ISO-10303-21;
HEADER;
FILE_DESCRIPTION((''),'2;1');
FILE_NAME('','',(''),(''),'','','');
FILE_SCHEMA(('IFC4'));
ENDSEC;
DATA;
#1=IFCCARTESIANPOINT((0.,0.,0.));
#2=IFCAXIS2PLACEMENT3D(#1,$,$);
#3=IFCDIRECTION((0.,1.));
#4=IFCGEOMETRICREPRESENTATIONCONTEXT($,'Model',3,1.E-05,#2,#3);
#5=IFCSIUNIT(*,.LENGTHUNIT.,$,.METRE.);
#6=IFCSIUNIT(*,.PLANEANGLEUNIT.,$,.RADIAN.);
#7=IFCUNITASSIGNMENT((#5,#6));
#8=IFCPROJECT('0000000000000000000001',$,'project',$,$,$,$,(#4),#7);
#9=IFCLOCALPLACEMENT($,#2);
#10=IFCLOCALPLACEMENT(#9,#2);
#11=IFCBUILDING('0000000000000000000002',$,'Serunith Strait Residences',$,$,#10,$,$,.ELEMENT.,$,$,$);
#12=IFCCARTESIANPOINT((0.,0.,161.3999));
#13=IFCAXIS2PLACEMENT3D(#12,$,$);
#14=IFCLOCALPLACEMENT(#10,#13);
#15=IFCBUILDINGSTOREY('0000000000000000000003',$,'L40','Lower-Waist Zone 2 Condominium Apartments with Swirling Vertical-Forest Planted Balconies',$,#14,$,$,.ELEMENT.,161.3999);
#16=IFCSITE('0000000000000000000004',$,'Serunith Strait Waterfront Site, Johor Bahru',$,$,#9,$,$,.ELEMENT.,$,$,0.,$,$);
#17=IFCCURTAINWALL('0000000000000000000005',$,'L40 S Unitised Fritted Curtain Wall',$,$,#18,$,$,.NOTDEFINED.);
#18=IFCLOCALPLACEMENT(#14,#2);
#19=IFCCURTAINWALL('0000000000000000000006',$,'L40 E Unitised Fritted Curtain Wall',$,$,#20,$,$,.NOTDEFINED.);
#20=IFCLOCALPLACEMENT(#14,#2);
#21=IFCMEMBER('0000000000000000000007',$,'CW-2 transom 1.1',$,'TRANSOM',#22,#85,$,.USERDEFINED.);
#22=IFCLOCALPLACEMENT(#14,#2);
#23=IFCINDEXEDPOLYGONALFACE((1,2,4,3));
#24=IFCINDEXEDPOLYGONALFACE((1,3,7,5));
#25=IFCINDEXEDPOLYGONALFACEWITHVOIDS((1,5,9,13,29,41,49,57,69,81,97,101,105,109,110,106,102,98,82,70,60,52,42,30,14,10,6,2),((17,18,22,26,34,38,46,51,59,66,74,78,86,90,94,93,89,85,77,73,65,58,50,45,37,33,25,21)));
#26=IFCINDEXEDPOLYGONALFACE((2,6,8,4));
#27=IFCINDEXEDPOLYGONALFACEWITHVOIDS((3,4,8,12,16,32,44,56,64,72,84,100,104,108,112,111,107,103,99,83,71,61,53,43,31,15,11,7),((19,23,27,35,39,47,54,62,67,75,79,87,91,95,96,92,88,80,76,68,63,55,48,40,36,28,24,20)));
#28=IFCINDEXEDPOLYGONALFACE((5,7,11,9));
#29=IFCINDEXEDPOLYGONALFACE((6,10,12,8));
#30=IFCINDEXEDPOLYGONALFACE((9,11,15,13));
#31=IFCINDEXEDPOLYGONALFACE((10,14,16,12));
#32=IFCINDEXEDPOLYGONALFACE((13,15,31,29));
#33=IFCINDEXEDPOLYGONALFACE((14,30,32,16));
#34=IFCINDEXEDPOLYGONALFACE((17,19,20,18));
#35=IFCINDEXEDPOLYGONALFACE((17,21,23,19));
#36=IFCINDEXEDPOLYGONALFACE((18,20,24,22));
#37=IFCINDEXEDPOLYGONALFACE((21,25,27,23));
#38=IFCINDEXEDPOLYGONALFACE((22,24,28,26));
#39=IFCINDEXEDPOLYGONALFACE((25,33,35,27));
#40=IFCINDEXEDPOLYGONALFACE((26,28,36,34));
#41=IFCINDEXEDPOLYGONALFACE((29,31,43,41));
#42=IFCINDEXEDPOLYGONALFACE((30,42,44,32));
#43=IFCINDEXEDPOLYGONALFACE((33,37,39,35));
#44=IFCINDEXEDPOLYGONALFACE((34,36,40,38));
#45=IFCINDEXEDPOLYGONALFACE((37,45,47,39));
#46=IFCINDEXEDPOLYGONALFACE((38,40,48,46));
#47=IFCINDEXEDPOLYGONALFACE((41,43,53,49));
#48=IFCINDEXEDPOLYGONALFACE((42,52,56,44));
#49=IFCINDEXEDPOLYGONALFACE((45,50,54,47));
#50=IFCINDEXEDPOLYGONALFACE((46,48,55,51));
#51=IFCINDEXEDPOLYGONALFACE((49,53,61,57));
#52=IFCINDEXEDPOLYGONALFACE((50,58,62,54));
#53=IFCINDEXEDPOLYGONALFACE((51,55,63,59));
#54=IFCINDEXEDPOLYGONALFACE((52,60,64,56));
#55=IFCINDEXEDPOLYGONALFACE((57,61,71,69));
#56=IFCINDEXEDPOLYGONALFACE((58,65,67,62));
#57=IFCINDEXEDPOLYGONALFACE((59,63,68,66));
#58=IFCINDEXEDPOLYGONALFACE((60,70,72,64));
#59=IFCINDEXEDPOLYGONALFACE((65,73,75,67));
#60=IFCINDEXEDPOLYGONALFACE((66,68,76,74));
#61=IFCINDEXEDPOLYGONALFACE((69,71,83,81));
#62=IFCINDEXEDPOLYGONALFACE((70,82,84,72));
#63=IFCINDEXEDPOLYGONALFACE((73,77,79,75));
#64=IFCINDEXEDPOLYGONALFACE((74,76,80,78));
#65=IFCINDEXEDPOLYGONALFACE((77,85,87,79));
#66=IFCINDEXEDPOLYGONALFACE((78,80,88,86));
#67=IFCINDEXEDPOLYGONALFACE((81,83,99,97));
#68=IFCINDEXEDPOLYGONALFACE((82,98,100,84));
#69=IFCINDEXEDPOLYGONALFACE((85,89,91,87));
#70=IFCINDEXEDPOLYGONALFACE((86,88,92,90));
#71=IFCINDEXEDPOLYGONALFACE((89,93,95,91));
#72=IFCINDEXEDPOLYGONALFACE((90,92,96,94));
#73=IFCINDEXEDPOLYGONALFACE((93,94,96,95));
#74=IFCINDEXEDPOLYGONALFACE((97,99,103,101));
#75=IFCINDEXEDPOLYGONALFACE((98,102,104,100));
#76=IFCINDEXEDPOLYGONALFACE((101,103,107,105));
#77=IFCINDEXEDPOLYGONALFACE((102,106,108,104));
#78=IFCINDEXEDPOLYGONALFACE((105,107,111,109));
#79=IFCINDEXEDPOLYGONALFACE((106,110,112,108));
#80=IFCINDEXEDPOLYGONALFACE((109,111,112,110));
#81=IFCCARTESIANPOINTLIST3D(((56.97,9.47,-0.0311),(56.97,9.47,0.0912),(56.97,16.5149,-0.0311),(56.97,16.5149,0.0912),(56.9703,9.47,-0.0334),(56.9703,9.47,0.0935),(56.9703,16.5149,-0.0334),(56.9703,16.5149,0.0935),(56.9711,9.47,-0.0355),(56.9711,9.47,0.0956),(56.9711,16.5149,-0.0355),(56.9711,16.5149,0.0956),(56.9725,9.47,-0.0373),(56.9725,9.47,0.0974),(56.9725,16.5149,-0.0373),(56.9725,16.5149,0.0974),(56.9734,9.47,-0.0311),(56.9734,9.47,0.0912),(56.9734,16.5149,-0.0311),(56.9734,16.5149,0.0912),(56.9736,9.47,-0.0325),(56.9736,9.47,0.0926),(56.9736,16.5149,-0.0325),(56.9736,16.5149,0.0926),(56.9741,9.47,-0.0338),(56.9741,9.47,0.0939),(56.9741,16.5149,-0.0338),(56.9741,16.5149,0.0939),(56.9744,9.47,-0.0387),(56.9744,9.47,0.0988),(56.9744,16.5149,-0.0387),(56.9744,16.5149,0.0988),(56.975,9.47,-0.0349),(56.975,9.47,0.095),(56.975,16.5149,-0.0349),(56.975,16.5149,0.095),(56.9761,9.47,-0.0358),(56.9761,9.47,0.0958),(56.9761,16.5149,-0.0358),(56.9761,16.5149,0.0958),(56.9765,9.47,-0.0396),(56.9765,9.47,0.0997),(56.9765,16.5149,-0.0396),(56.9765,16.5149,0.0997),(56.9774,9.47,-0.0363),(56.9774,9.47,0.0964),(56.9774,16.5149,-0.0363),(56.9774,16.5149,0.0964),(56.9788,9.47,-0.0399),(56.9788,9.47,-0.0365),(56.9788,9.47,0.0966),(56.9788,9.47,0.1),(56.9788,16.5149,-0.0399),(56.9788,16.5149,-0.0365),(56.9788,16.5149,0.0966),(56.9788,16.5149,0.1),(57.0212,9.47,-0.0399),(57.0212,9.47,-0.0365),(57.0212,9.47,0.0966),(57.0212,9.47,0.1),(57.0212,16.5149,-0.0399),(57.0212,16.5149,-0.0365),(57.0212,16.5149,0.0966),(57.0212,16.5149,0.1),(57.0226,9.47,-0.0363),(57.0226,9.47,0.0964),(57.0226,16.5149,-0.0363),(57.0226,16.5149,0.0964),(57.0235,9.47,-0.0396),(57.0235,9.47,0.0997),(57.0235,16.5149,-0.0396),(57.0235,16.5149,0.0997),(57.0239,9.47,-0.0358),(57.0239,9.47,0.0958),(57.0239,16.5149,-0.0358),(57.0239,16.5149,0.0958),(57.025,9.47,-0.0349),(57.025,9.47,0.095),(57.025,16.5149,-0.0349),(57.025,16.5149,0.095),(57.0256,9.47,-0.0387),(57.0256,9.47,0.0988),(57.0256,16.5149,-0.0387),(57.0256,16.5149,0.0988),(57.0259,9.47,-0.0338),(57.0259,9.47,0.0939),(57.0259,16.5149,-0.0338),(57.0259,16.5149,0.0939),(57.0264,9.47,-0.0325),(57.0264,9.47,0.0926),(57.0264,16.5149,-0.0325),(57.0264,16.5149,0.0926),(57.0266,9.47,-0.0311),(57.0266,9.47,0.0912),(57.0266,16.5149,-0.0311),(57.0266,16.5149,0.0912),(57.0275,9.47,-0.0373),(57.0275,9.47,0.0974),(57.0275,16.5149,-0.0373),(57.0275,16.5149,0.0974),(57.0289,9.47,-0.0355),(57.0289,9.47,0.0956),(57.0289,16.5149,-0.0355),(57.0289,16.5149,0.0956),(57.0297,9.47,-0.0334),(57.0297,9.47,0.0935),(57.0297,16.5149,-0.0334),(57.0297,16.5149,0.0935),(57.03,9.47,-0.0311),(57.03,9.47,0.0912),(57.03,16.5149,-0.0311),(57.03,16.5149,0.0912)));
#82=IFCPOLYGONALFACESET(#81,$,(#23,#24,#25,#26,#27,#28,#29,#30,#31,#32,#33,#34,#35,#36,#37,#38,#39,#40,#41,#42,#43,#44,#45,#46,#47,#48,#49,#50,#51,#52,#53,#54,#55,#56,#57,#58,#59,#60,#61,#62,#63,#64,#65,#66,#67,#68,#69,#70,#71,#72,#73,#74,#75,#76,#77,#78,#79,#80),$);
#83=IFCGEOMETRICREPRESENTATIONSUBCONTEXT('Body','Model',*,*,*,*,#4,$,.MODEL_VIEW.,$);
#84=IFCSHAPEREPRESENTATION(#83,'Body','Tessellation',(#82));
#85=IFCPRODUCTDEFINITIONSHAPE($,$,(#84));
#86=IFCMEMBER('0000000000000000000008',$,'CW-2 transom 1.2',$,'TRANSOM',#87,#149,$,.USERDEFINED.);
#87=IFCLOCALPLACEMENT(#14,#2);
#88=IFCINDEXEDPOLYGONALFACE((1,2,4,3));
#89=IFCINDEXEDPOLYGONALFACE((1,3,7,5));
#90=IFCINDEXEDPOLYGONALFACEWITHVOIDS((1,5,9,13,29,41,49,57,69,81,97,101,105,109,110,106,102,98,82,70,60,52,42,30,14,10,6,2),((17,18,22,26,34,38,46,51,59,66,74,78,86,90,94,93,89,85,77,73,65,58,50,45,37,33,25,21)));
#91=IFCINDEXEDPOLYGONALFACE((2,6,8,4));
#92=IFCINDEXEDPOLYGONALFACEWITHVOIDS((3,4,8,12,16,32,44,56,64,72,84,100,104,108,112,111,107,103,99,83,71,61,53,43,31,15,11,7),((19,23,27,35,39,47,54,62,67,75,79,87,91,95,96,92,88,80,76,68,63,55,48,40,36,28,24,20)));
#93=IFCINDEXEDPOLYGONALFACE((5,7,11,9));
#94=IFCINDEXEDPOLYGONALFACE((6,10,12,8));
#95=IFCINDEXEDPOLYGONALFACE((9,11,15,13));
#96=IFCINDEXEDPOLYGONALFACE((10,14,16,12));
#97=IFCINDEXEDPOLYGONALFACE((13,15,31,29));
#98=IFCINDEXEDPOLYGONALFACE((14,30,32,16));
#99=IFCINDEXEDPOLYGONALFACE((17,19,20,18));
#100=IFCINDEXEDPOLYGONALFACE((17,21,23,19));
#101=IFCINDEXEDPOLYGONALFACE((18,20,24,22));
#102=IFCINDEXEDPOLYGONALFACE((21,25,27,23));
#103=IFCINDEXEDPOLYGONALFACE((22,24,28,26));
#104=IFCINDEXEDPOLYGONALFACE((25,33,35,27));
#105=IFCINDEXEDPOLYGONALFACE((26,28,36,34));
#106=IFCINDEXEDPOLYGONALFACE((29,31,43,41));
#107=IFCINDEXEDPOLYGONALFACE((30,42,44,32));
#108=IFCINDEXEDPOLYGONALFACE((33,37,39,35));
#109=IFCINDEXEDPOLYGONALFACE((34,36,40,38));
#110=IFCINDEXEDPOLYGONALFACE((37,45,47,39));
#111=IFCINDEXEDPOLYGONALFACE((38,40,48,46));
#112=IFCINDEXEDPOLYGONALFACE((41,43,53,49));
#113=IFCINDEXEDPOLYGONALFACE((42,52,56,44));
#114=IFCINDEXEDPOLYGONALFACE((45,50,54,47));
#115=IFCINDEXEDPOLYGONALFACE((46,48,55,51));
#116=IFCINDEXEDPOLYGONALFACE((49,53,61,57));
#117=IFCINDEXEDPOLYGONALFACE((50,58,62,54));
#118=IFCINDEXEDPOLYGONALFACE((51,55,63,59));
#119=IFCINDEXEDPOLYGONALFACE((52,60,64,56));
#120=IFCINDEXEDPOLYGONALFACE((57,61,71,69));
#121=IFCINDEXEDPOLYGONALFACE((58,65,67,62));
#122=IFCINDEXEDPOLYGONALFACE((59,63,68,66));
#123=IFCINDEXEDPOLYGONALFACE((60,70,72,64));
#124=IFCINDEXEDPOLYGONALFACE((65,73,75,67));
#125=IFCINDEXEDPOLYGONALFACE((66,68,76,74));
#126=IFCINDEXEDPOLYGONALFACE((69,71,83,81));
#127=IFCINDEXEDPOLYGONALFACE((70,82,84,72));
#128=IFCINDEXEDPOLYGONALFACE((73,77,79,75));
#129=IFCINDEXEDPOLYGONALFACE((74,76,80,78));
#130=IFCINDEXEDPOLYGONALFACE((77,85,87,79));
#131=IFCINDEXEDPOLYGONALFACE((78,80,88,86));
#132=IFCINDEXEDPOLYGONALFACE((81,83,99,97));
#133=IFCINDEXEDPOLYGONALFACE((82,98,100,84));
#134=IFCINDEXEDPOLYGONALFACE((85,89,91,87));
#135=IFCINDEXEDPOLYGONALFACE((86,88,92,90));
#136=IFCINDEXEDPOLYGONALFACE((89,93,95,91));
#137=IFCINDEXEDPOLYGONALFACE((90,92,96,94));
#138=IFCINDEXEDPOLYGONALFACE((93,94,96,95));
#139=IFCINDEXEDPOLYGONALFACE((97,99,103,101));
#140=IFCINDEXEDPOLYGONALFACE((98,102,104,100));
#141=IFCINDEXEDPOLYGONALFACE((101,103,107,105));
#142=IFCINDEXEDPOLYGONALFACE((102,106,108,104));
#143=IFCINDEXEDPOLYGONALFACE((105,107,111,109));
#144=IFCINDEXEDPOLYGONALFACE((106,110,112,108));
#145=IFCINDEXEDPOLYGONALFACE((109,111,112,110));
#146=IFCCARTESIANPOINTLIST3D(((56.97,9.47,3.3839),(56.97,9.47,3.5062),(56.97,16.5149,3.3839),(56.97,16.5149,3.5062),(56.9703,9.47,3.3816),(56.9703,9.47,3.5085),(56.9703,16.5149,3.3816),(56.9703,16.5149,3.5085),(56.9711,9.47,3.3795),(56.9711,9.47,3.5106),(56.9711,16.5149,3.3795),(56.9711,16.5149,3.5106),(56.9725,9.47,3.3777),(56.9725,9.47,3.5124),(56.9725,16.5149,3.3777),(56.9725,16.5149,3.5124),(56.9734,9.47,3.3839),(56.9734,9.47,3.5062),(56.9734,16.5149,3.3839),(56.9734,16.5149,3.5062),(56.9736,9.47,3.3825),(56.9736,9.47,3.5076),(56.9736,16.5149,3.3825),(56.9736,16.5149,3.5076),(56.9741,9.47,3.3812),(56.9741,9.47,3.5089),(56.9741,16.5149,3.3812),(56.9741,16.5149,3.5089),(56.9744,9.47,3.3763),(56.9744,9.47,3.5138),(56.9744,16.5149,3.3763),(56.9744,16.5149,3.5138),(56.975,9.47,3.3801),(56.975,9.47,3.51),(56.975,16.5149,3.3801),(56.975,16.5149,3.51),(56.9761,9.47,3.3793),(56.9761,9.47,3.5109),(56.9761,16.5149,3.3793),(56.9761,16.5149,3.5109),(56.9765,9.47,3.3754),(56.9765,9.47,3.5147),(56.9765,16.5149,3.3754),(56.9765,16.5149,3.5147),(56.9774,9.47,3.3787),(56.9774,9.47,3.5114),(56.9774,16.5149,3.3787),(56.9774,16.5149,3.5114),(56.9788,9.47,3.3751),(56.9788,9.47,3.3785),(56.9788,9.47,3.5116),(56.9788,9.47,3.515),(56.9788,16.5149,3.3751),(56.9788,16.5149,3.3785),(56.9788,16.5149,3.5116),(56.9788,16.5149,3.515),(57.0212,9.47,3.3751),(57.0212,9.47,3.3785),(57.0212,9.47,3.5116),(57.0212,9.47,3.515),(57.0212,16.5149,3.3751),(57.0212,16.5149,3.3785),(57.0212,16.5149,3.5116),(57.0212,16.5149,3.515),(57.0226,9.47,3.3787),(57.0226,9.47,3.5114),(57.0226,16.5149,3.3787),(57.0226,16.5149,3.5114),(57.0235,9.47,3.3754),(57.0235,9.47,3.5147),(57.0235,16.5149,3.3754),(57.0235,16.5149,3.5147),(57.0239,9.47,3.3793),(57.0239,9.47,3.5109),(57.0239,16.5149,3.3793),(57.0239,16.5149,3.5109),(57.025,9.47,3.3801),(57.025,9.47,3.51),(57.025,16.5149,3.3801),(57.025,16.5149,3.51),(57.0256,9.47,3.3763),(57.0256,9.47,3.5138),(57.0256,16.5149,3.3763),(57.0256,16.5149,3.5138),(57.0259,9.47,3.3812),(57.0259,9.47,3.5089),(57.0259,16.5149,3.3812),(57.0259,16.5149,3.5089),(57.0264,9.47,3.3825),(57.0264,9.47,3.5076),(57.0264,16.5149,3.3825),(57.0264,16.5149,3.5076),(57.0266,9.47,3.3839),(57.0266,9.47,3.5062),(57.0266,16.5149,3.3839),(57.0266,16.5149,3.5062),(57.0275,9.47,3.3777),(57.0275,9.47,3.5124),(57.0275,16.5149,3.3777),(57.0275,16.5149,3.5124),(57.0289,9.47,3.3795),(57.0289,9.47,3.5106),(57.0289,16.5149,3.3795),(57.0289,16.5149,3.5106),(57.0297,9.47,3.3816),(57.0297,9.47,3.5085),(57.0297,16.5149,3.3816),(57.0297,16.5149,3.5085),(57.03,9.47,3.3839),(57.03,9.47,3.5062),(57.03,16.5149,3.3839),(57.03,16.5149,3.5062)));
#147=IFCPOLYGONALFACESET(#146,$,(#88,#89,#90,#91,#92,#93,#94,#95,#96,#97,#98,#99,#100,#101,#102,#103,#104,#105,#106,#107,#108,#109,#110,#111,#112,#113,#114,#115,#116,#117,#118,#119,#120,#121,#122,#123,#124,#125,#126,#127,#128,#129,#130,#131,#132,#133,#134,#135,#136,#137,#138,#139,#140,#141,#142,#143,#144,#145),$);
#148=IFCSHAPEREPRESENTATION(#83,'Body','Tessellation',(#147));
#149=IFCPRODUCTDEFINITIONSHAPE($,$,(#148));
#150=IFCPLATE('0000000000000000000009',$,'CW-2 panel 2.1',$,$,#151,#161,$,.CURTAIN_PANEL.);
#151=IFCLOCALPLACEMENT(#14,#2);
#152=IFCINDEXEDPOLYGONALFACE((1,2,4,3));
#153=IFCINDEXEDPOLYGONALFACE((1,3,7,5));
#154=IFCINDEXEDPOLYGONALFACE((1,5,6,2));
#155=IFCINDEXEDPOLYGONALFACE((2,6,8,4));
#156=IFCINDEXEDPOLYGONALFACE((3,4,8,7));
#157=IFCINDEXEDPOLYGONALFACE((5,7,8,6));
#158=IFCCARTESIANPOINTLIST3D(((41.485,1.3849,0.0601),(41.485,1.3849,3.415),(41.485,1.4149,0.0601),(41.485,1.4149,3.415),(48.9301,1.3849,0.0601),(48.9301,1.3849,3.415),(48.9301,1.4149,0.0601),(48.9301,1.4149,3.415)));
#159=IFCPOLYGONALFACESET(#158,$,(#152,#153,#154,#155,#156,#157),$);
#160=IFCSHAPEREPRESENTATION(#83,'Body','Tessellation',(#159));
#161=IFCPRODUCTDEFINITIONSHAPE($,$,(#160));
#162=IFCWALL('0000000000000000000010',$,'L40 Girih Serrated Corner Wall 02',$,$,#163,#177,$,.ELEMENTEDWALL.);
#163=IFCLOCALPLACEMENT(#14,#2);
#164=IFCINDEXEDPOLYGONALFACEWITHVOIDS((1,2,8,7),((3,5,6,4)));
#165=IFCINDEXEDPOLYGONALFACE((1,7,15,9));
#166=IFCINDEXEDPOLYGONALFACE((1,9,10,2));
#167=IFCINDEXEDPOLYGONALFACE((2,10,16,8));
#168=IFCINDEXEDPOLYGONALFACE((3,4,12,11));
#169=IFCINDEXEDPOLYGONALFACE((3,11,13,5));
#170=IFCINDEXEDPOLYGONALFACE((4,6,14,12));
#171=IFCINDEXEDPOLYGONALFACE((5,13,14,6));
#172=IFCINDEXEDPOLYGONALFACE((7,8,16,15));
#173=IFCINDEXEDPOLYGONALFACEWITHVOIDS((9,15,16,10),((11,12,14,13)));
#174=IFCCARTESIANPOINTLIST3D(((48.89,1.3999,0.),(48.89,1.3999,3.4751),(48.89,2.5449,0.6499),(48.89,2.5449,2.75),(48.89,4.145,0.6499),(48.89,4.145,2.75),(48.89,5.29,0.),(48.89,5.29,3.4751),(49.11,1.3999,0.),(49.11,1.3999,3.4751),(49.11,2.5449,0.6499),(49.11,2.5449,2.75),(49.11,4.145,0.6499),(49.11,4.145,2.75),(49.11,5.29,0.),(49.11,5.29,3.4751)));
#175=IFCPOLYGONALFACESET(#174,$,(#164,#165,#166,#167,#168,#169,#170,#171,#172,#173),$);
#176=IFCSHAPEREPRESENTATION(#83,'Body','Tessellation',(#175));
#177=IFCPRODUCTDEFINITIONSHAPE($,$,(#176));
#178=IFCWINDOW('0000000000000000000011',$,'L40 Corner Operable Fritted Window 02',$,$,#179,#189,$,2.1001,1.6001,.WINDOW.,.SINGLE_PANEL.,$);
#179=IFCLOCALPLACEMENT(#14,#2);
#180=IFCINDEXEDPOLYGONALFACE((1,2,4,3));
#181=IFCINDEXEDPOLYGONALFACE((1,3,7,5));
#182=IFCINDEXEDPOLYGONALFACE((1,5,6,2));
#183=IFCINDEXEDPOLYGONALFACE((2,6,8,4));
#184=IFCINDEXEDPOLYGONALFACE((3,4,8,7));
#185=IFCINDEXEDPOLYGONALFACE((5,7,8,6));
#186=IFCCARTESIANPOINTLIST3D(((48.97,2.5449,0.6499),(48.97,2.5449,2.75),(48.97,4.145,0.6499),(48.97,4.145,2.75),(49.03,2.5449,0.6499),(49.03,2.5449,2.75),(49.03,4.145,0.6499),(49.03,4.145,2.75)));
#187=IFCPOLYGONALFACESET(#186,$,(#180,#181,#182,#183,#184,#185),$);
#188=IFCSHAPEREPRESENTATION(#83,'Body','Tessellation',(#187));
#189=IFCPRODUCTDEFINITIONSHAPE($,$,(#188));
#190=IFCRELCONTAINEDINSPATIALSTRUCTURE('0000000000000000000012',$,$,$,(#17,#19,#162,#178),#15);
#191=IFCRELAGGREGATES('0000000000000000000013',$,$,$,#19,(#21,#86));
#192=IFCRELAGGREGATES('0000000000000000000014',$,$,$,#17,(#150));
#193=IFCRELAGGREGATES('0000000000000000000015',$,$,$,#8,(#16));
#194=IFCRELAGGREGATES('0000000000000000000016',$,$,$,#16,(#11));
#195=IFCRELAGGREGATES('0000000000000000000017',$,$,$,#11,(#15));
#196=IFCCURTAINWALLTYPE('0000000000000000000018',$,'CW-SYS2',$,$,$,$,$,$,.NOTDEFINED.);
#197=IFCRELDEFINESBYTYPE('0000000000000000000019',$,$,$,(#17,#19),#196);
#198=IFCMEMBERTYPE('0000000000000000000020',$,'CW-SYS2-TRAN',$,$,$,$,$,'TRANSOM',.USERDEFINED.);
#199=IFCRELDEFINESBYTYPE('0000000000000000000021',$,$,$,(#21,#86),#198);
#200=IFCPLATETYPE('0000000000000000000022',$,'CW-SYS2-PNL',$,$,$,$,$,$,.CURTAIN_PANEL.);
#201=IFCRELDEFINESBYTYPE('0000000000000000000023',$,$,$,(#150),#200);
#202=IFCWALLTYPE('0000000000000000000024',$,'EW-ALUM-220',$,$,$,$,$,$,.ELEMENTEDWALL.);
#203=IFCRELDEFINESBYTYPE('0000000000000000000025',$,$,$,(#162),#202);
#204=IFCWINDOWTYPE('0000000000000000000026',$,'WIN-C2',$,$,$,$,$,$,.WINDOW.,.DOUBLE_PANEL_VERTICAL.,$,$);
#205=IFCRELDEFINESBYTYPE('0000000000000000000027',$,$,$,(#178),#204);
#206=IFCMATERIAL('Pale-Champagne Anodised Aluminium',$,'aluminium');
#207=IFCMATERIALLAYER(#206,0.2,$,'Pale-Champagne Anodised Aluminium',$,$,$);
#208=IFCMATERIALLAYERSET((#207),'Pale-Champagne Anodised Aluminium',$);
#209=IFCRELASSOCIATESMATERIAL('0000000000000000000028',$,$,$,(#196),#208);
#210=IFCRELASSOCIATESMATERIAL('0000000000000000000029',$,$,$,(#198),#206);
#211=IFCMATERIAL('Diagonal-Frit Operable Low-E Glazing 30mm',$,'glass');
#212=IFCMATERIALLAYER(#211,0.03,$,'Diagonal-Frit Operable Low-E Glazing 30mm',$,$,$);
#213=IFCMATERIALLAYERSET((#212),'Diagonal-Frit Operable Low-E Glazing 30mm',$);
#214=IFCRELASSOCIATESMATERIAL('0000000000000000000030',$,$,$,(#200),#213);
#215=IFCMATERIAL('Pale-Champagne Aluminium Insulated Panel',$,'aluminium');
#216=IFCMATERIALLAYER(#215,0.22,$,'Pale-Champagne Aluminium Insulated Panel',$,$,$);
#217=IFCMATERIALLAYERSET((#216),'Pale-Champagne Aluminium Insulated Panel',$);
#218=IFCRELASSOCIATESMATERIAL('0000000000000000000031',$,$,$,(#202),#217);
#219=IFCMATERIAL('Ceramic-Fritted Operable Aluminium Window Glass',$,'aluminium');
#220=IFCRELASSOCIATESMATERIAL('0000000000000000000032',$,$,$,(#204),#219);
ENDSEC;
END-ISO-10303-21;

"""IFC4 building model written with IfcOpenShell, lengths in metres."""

from ifc_helpers import new_model, si_unit, direction, frame, frame_2d, origin, origin_2d, place, context, subcontext, project, spatial, rectangle, hollow_rectangle, extrude, source, transform, mapped, material, layer, layer_set, material_profile, profile_set, type_object, element, fill, aggregate, save


model = new_model("IFC4")

# Units and contexts
model_context = context("Model", 3, precision=1e-05, world=origin(), true_north=direction((0.0, 1.0)))
body_context = subcontext(model_context, "Body", "Model", "MODEL_VIEW")
ifc_project = project(units=[si_unit("LENGTHUNIT", "METRE"), si_unit("PLANEANGLEUNIT", "RADIAN")], contexts=[model_context])

# Site, building, storey
site_placement = place(None, origin())
site = spatial("IfcSite", under=ifc_project, at=site_placement, Name="Serunith Strait Waterfront Site, Johor Bahru", CompositionType="ELEMENT", RefElevation=0.0)
building_placement = place(site_placement, origin())
building = spatial("IfcBuilding", under=site, at=building_placement, Name="Serunith Strait Residences", CompositionType="ELEMENT")
storey_placement = place(building_placement, frame((0.0, 0.0, 161.3999)))
storey = spatial("IfcBuildingStorey", under=building, at=storey_placement, Name="L40", Description="Lower-Waist Zone 2 Condominium Apartments with Swirling Vertical-Forest Planted Balconies", CompositionType="ELEMENT", Elevation=161.3999)

# Curtain wall
ifc_material_1 = material(Name="Pale-Champagne Anodised Aluminium", Category="aluminium")
ifc_layer_1 = layer(ifc_material_1, 0.2, Name="Pale-Champagne Anodised Aluminium")
ifc_layer_set_1 = layer_set([ifc_layer_1], Name="Pale-Champagne Anodised Aluminium")
curtain_wall_type = type_object("IfcCurtainWallType", Name="CW-SYS2", PredefinedType="NOTDEFINED", material=ifc_layer_set_1)
curtain_wall_1_placement = place(storey_placement, origin())
curtain_wall_1 = element("IfcCurtainWall", 1, at=curtain_wall_1_placement, inside=storey, type_object=curtain_wall_type, Name="L40 S Unitised Fritted Curtain Wall", PredefinedType="NOTDEFINED")

# Curtain wall, members
curtain_wall_2_placement = place(storey_placement, origin())
curtain_wall_2 = element("IfcCurtainWall", 2, at=curtain_wall_2_placement, inside=storey, type_object=curtain_wall_type, Name="L40 E Unitised Fritted Curtain Wall", PredefinedType="NOTDEFINED")
ifc_material_profile_1 = material_profile(ifc_material_1, hollow_rectangle(XDim=0.0601, YDim=0.1399, WallThickness=0.0034, InnerFilletRadius=0.0054, OuterFilletRadius=0.0088, at=origin_2d()), Name="ALU 140x60x3.5")
ifc_profile_set_1 = profile_set([ifc_material_profile_1], Name="Pale-Champagne Anodised Aluminium")
member_type_1 = type_object("IfcMemberType", Name="CW-SYS2-TRAN", ElementType="TRANSOM", PredefinedType="USERDEFINED", material=ifc_profile_set_1)
shared_shape_1 = source(origin(), body_context, "Body", "SweptSolid", [
    extrude(hollow_rectangle(XDim=0.0601, YDim=0.1399, WallThickness=0.0034, InnerFilletRadius=0.0054, OuterFilletRadius=0.0088, at=origin_2d()), origin(), (0.0, 0.0, 1.0), 7.0449),
])
member_1_placement = place(storey_placement, frame((57.0, 9.47, 0.03), z_axis=(0.0, 1.0, 0.0), x_axis=(-1.0, 0.0, 0.0)))
member_1 = element("IfcMember", 3, at=member_1_placement, type_object=member_type_1, Name="CW-2 transom 1.1", ObjectType="TRANSOM", PredefinedType="USERDEFINED", context=body_context, shape_type="MappedRepresentation", body=[
    mapped(shared_shape_1, transform((0.0, 0.0, 0.0), scale=1.0)),
])
member_2_placement = place(storey_placement, frame((57.0, 9.47, 3.4451), z_axis=(0.0, 1.0, 0.0), x_axis=(-1.0, 0.0, 0.0)))
member_2 = element("IfcMember", 4, at=member_2_placement, type_object=member_type_1, Name="CW-2 transom 1.2", ObjectType="TRANSOM", PredefinedType="USERDEFINED", context=body_context, shape_type="MappedRepresentation", body=[
    mapped(shared_shape_1, transform((0.0, 0.0, 0.0), scale=1.0)),
])
aggregate(curtain_wall_2, [member_1, member_2])

# Plate
ifc_material_2 = material(Name="Diagonal-Frit Operable Low-E Glazing 30mm", Category="glass")
ifc_layer_2 = layer(ifc_material_2, 0.03, Name="Diagonal-Frit Operable Low-E Glazing 30mm")
ifc_layer_set_2 = layer_set([ifc_layer_2], Name="Diagonal-Frit Operable Low-E Glazing 30mm")
plate_type = type_object("IfcPlateType", Name="CW-SYS2-PNL", PredefinedType="CURTAIN_PANEL", material=ifc_layer_set_2)
shared_shape_2 = source(origin(), body_context, "Body", "SweptSolid", [
    extrude(rectangle(XDim=7.4451, YDim=0.03, at=origin_2d()), origin(), (0.0, 0.0, 1.0), 3.355),
])
plate_placement = place(storey_placement, frame((45.2075, 1.3999, 0.0601), z_axis=(0.0, 0.0, 1.0), x_axis=(1.0, 0.0, 0.0)))
plate = element("IfcPlate", 5, at=plate_placement, type_object=plate_type, Name="CW-2 panel 2.1", PredefinedType="CURTAIN_PANEL", context=body_context, shape_type="MappedRepresentation", body=[
    mapped(shared_shape_2, transform((0.0, 0.0, 0.0), scale=1.0)),
])
aggregate(curtain_wall_1, [plate])

# Wall, opening, window
ifc_material_3 = material(Name="Pale-Champagne Aluminium Insulated Panel", Category="aluminium")
ifc_layer_3 = layer(ifc_material_3, 0.22, Name="Pale-Champagne Aluminium Insulated Panel")
ifc_layer_set_3 = layer_set([ifc_layer_3], Name="Pale-Champagne Aluminium Insulated Panel")
wall_type_1 = type_object("IfcWallType", Name="EW-ALUM-220", PredefinedType="ELEMENTEDWALL", material=ifc_layer_set_3)
wall_1_placement = place(storey_placement, frame((49.0, 1.3999, 0.0), z_axis=(0.0, 0.0, 1.0), x_axis=(0.0, 1.0, 0.0)))
wall_1 = element("IfcWall", 6, at=wall_1_placement, inside=storey, type_object=wall_type_1, Name="L40 Girih Serrated Corner Wall 02", PredefinedType="ELEMENTEDWALL", context=body_context, shape_type="SweptSolid", body=[
    extrude(rectangle(XDim=3.8901, YDim=0.22, at=frame_2d((1.9451, 0.0))), origin(), (0.0, 0.0, 1.0), 3.4751),
])
opening_1_placement = place(wall_1_placement, frame((1.145, 0.0, 0.6499)))
opening_1 = element("IfcOpeningElement", 7, at=opening_1_placement, cuts=wall_1, PredefinedType="OPENING", context=body_context, shape_type="SweptSolid", body=[
    extrude(rectangle(XDim=1.6001, YDim=2.1001, at=frame_2d((0.8, 1.05))), frame((0.0, 0.1201, 0.0), z_axis=(0.0, -1.0, 0.0), x_axis=(1.0, 0.0, 0.0)), (0.0, 0.0, 1.0), 0.24),
])
ifc_material_4 = material(Name="Ceramic-Fritted Operable Aluminium Window Glass", Category="aluminium")
window_type = type_object("IfcWindowType", Name="WIN-C2", PartitioningType="DOUBLE_PANEL_VERTICAL", PredefinedType="WINDOW", material=ifc_material_4)
shared_shape_3 = source(origin(), body_context, "Body", "SweptSolid", [
    extrude(rectangle(XDim=1.6001, YDim=2.1001, at=frame_2d((0.8, 1.05))), frame((0.0, 0.03, 0.0), z_axis=(0.0, -1.0, 0.0), x_axis=(1.0, 0.0, 0.0)), (0.0, 0.0, 1.0), 0.0601),
])
window_1_placement = place(opening_1_placement, origin())
window_1 = element("IfcWindow", 8, at=window_1_placement, inside=storey, type_object=window_type, Name="L40 Corner Operable Fritted Window 02", OverallHeight=2.1001, OverallWidth=1.6001, PartitioningType="SINGLE_PANEL", PredefinedType="WINDOW", context=body_context, shape_type="MappedRepresentation", body=[
    mapped(shared_shape_3, transform((0.0, 0.0, 0.0), scale=1.0)),
])
fill(opening_1, window_1)

save(model, "model.ifc")
